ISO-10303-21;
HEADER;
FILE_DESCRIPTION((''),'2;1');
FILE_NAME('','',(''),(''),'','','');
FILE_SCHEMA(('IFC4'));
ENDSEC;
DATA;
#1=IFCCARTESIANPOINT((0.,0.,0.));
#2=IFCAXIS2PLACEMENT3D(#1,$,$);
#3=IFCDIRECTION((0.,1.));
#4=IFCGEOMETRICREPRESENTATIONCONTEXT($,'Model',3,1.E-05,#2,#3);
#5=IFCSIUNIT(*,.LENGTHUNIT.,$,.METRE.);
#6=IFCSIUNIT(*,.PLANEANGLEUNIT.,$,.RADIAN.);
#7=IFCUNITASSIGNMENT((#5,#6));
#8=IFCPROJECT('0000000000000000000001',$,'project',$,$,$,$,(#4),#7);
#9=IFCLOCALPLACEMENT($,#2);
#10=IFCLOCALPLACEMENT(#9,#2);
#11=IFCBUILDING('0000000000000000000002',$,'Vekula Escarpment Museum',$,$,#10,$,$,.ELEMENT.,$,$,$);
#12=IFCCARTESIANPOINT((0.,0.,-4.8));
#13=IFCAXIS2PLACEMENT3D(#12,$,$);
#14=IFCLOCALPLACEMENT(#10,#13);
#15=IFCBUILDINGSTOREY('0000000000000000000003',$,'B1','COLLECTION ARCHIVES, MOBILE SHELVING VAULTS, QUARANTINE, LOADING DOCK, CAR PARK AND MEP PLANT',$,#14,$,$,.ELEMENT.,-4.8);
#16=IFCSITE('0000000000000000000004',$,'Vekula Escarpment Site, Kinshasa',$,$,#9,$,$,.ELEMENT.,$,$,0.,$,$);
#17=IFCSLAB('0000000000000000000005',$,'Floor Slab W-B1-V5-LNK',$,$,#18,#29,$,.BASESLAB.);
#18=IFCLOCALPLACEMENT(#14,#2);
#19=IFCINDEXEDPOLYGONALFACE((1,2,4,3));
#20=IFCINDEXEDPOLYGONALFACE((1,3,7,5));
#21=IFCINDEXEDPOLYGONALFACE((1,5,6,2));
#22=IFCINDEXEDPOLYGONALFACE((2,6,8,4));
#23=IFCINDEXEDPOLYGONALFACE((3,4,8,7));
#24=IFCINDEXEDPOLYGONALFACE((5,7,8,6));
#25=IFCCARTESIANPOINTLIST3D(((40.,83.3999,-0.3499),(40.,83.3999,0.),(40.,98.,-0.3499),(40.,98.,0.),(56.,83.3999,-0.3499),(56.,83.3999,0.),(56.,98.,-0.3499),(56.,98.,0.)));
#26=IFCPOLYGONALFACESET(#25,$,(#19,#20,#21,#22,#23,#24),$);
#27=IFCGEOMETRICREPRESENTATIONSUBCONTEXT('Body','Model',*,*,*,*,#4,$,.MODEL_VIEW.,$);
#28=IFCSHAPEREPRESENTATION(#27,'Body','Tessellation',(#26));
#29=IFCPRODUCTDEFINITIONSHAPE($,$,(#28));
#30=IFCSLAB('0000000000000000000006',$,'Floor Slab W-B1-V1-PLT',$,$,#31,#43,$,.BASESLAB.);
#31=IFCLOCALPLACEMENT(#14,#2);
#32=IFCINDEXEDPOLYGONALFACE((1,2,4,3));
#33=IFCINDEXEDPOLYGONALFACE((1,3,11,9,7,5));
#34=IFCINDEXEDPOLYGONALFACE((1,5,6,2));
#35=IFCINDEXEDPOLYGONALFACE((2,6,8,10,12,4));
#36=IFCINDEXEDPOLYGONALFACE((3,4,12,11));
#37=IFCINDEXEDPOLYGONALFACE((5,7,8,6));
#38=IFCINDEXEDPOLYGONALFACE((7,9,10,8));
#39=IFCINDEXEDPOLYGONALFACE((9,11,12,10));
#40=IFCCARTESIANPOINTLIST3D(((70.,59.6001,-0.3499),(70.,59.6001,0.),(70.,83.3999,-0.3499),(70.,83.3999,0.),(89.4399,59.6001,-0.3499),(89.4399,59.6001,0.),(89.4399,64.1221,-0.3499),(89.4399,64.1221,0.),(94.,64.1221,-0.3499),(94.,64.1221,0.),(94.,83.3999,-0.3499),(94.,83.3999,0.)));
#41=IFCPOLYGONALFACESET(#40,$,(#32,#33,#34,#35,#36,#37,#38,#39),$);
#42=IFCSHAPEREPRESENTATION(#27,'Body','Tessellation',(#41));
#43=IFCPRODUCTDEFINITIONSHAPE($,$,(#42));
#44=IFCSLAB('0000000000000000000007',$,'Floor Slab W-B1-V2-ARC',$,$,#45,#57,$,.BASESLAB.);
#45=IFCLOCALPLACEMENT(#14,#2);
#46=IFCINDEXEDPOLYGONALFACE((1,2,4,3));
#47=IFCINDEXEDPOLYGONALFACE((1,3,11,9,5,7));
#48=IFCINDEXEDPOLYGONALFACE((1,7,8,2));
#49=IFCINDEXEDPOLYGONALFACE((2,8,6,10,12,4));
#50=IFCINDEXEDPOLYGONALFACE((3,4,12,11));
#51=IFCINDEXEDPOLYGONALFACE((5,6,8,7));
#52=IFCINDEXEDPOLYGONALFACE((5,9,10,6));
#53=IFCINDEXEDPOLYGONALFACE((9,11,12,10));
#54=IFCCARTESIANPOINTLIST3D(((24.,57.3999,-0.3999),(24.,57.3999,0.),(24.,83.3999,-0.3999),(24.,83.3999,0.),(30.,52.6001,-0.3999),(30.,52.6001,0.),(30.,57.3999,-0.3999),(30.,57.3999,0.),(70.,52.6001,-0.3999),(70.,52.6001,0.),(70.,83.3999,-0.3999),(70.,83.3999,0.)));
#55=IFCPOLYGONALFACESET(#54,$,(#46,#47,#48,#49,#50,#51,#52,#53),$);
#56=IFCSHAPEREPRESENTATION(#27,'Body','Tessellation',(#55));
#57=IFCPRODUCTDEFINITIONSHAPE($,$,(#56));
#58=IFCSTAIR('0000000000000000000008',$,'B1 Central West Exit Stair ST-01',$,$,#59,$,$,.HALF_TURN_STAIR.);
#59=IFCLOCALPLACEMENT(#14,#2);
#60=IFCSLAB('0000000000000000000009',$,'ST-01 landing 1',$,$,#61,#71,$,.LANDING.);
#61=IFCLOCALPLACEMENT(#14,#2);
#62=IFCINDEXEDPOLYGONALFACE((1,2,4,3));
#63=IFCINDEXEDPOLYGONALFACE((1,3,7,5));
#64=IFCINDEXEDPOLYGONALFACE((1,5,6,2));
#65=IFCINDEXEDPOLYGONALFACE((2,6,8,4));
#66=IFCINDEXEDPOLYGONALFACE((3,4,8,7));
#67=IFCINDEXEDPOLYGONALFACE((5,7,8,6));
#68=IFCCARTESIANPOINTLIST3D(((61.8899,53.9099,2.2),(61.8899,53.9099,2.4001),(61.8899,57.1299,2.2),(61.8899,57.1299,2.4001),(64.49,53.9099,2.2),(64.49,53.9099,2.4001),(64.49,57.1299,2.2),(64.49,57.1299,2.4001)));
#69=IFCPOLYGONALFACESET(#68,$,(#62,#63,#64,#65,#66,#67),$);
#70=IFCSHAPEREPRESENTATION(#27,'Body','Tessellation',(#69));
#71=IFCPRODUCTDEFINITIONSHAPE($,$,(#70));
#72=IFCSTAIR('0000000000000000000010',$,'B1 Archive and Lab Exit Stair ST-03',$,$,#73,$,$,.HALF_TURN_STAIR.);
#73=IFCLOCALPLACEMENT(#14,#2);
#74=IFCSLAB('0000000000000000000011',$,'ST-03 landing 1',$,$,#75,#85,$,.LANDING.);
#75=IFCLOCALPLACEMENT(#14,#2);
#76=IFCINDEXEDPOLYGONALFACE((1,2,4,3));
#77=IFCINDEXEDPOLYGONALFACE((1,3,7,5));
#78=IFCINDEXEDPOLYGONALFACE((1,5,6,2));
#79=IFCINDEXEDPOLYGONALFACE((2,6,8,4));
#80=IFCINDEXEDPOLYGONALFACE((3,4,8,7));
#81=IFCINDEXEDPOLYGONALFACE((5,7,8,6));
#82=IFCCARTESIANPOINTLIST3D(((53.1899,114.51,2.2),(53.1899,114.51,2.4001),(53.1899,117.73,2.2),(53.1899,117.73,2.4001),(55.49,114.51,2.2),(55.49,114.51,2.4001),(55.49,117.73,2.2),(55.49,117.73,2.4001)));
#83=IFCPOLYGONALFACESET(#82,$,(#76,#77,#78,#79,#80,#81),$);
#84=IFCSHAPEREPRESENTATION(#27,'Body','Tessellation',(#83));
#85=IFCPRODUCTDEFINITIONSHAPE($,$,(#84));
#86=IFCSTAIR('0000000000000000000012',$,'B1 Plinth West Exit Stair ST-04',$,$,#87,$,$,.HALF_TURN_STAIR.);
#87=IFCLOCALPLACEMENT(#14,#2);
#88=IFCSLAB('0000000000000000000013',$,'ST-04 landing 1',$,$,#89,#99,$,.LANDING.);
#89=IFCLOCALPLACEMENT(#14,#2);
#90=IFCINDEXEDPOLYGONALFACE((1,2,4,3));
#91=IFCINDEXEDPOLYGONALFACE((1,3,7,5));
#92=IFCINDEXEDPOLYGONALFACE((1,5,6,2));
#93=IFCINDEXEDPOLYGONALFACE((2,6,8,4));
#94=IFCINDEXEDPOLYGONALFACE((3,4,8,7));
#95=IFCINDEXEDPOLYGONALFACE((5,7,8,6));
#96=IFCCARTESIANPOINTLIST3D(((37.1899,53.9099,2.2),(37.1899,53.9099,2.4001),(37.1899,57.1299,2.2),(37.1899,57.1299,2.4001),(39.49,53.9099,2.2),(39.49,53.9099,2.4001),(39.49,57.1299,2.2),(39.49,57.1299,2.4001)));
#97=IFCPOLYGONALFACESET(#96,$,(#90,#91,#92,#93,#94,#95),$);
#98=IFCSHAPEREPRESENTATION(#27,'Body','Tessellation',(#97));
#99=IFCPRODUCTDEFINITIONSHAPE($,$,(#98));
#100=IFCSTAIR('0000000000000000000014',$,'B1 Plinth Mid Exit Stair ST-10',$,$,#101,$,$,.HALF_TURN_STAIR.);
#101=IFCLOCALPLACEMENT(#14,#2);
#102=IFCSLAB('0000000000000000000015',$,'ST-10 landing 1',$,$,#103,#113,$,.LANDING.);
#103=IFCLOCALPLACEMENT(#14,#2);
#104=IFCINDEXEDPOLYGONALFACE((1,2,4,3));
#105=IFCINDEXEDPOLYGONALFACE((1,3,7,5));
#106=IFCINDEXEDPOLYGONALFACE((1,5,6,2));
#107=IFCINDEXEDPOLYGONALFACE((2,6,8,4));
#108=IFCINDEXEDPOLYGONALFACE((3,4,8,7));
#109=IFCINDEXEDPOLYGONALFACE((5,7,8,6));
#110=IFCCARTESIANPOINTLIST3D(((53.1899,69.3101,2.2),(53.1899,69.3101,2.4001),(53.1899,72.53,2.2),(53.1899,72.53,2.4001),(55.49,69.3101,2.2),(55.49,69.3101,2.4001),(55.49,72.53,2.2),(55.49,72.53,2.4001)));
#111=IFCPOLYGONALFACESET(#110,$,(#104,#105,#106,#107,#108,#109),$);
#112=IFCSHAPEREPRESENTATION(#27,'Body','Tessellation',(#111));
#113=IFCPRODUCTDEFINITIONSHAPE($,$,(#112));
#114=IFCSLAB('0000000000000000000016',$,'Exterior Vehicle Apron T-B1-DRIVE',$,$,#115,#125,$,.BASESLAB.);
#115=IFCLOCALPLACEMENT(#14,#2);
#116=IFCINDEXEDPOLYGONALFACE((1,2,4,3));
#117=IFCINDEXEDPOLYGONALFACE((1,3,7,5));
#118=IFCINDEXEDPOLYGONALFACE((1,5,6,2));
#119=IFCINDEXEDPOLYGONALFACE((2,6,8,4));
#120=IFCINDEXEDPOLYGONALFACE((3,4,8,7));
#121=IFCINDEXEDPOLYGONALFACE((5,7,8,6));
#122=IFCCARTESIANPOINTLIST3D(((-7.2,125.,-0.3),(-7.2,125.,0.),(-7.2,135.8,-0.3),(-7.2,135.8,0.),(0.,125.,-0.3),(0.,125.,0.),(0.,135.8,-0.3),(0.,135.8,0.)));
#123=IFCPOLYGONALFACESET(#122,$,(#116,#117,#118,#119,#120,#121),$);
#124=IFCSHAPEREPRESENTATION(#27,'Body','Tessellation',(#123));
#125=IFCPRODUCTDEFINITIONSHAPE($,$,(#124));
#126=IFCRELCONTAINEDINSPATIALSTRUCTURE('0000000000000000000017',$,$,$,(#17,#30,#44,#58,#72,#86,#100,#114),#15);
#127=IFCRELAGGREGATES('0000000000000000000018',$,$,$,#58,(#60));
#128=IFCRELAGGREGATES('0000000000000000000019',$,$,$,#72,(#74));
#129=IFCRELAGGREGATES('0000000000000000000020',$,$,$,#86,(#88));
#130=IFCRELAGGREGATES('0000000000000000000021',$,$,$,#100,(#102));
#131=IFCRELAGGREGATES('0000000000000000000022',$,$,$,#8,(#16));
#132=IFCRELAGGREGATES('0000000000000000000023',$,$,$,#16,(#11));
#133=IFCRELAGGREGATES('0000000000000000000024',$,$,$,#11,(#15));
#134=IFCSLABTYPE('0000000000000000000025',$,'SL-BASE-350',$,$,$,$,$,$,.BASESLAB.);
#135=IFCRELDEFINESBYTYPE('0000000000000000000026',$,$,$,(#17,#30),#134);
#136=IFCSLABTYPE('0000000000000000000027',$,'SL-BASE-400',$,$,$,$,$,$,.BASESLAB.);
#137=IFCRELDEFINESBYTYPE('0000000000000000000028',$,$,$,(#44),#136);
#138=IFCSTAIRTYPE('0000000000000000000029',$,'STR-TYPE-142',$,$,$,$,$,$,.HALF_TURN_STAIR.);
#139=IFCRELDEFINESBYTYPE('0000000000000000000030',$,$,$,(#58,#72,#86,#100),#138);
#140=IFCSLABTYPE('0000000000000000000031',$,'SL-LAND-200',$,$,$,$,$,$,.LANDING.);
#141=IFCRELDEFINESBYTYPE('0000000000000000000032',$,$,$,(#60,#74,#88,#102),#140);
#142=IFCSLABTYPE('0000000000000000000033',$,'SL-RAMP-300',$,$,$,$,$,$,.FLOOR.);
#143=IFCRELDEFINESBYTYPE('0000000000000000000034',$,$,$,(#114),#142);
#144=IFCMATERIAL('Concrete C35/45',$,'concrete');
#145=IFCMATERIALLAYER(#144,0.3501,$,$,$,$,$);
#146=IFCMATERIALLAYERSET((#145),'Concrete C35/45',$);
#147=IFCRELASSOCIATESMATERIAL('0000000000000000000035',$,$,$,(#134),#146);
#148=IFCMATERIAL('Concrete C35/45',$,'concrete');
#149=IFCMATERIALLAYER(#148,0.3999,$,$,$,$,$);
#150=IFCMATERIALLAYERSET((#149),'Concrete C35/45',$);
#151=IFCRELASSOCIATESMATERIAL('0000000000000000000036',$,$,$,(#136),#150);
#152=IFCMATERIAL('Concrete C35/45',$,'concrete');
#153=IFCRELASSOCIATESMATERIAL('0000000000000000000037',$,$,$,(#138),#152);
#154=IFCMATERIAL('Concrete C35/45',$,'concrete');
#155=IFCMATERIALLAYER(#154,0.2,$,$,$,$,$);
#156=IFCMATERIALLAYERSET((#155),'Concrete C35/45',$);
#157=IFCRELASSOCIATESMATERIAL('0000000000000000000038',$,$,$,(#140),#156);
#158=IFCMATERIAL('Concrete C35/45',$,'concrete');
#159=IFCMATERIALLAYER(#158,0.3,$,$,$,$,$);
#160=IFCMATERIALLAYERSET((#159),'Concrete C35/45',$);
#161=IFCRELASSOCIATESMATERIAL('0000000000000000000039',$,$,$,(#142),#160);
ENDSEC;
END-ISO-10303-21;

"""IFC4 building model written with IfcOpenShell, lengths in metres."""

from ifc_helpers import new_model, si_unit, direction, frame, origin, place, context, subcontext, project, spatial, polyline, outline, extrude, material, layer, layer_set, type_object, element, aggregate, save


model = new_model("IFC4")

# Units and contexts
model_context = context("Model", 3, precision=1e-05, world=origin(), true_north=direction((0.0, 1.0)))
body_context = subcontext(model_context, "Body", "Model", "MODEL_VIEW")
ifc_project = project(units=[si_unit("LENGTHUNIT", "METRE"), si_unit("PLANEANGLEUNIT", "RADIAN")], contexts=[model_context])

# Site, building, storey
site_placement = place(None, origin())
site = spatial("IfcSite", under=ifc_project, at=site_placement, Name="Vekula Escarpment Site, Kinshasa", CompositionType="ELEMENT", RefElevation=0.0)
building_placement = place(site_placement, origin())
building = spatial("IfcBuilding", under=site, at=building_placement, Name="Vekula Escarpment Museum", CompositionType="ELEMENT")
storey_placement = place(building_placement, frame((0.0, 0.0, -4.8)))
storey = spatial("IfcBuildingStorey", under=building, at=storey_placement, Name="B1", Description="COLLECTION ARCHIVES, MOBILE SHELVING VAULTS, QUARANTINE, LOADING DOCK, CAR PARK AND MEP PLANT", CompositionType="ELEMENT", Elevation=-4.8)

# Slabs
ifc_material_1 = material(Name="Concrete C35/45", Category="concrete")
ifc_layer_1 = layer(ifc_material_1, 0.3501)
ifc_layer_set_1 = layer_set([ifc_layer_1], Name="Concrete C35/45")
slab_type_1 = type_object("IfcSlabType", Name="SL-BASE-350", PredefinedType="BASESLAB", material=ifc_layer_set_1)
slab_1_placement = place(storey_placement, frame((0.0, 0.0, -0.3499)))
element("IfcSlab", 1, at=slab_1_placement, inside=storey, type_object=slab_type_1, Name="Floor Slab W-B1-V5-LNK", PredefinedType="BASESLAB", context=body_context, shape_type="SweptSolid", body=[
    extrude(outline(polyline([(40.0, 83.3999), (56.0, 83.3999), (56.0, 98.0), (40.0, 98.0), (40.0, 83.3999)])), origin(), (0.0, 0.0, 1.0), 0.3499),
])
slab_2_placement = place(storey_placement, frame((0.0, 0.0, -0.3499)))
element("IfcSlab", 2, at=slab_2_placement, inside=storey, type_object=slab_type_1, Name="Floor Slab W-B1-V1-PLT", PredefinedType="BASESLAB", context=body_context, shape_type="SweptSolid", body=[
    extrude(outline(polyline([(70.0, 59.6001), (89.4399, 59.6001), (89.4399, 64.1221), (94.0, 64.1221), (94.0, 83.3999), (70.0, 83.3999), (70.0, 59.6001)])), origin(), (0.0, 0.0, 1.0), 0.3499),
])
ifc_material_2 = material(Name="Concrete C35/45", Category="concrete")
ifc_layer_2 = layer(ifc_material_2, 0.3999)
ifc_layer_set_2 = layer_set([ifc_layer_2], Name="Concrete C35/45")
slab_type_2 = type_object("IfcSlabType", Name="SL-BASE-400", PredefinedType="BASESLAB", material=ifc_layer_set_2)
slab_3_placement = place(storey_placement, frame((0.0, 0.0, -0.3999)))
element("IfcSlab", 3, at=slab_3_placement, inside=storey, type_object=slab_type_2, Name="Floor Slab W-B1-V2-ARC", PredefinedType="BASESLAB", context=body_context, shape_type="SweptSolid", body=[
    extrude(outline(polyline([(30.0, 52.6001), (70.0, 52.6001), (70.0, 83.3999), (24.0, 83.3999), (24.0, 57.3999), (30.0, 57.3999), (30.0, 52.6001)])), origin(), (0.0, 0.0, 1.0), 0.3999),
])

# Stairs, slabs
ifc_material_3 = material(Name="Concrete C35/45", Category="concrete")
stair_type = type_object("IfcStairType", Name="STR-TYPE-142", PredefinedType="HALF_TURN_STAIR", material=ifc_material_3)
stair_1_placement = place(storey_placement, origin())
stair_1 = element("IfcStair", 4, at=stair_1_placement, inside=storey, type_object=stair_type, Name="B1 Central West Exit Stair ST-01", PredefinedType="HALF_TURN_STAIR")
ifc_material_4 = material(Name="Concrete C35/45", Category="concrete")
ifc_layer_3 = layer(ifc_material_4, 0.2)
ifc_layer_set_3 = layer_set([ifc_layer_3], Name="Concrete C35/45")
slab_type_3 = type_object("IfcSlabType", Name="SL-LAND-200", PredefinedType="LANDING", material=ifc_layer_set_3)
slab_4_placement = place(storey_placement, frame((0.0, 0.0, 2.2)))
slab_4 = element("IfcSlab", 5, at=slab_4_placement, type_object=slab_type_3, Name="ST-01 landing 1", PredefinedType="LANDING", context=body_context, shape_type="SweptSolid", body=[
    extrude(outline(polyline([(61.8899, 53.9099), (64.49, 53.9099), (64.49, 57.1299), (61.8899, 57.1299), (61.8899, 53.9099)])), origin(), (0.0, 0.0, 1.0), 0.2002),
])
aggregate(stair_1, [slab_4])
stair_2_placement = place(storey_placement, origin())
stair_2 = element("IfcStair", 6, at=stair_2_placement, inside=storey, type_object=stair_type, Name="B1 Archive and Lab Exit Stair ST-03", PredefinedType="HALF_TURN_STAIR")
slab_5_placement = place(storey_placement, frame((0.0, 0.0, 2.2)))
slab_5 = element("IfcSlab", 7, at=slab_5_placement, type_object=slab_type_3, Name="ST-03 landing 1", PredefinedType="LANDING", context=body_context, shape_type="SweptSolid", body=[
    extrude(outline(polyline([(53.1899, 114.51), (55.49, 114.51), (55.49, 117.73), (53.1899, 117.73), (53.1899, 114.51)])), origin(), (0.0, 0.0, 1.0), 0.2002),
])
aggregate(stair_2, [slab_5])
stair_3_placement = place(storey_placement, origin())
stair_3 = element("IfcStair", 8, at=stair_3_placement, inside=storey, type_object=stair_type, Name="B1 Plinth West Exit Stair ST-04", PredefinedType="HALF_TURN_STAIR")
slab_6_placement = place(storey_placement, frame((0.0, 0.0, 2.2)))
slab_6 = element("IfcSlab", 9, at=slab_6_placement, type_object=slab_type_3, Name="ST-04 landing 1", PredefinedType="LANDING", context=body_context, shape_type="SweptSolid", body=[
    extrude(outline(polyline([(37.1899, 53.9099), (39.49, 53.9099), (39.49, 57.1299), (37.1899, 57.1299), (37.1899, 53.9099)])), origin(), (0.0, 0.0, 1.0), 0.2002),
])
aggregate(stair_3, [slab_6])
stair_4_placement = place(storey_placement, origin())
stair_4 = element("IfcStair", 10, at=stair_4_placement, inside=storey, type_object=stair_type, Name="B1 Plinth Mid Exit Stair ST-10", PredefinedType="HALF_TURN_STAIR")
slab_7_placement = place(storey_placement, frame((0.0, 0.0, 2.2)))
slab_7 = element("IfcSlab", 11, at=slab_7_placement, type_object=slab_type_3, Name="ST-10 landing 1", PredefinedType="LANDING", context=body_context, shape_type="SweptSolid", body=[
    extrude(outline(polyline([(53.1899, 69.3101), (55.49, 69.3101), (55.49, 72.53), (53.1899, 72.53), (53.1899, 69.3101)])), origin(), (0.0, 0.0, 1.0), 0.2002),
])
aggregate(stair_4, [slab_7])

# Slab
ifc_material_5 = material(Name="Concrete C35/45", Category="concrete")
ifc_layer_4 = layer(ifc_material_5, 0.3)
ifc_layer_set_4 = layer_set([ifc_layer_4], Name="Concrete C35/45")
slab_type_4 = type_object("IfcSlabType", Name="SL-RAMP-300", PredefinedType="FLOOR", material=ifc_layer_set_4)
slab_8_placement = place(storey_placement, frame((0.0, 0.0, -0.3)))
element("IfcSlab", 12, at=slab_8_placement, inside=storey, type_object=slab_type_4, Name="Exterior Vehicle Apron T-B1-DRIVE", PredefinedType="BASESLAB", context=body_context, shape_type="SweptSolid", body=[
    extrude(outline(polyline([(-7.2, 125.0), (0.0, 125.0), (0.0, 135.8), (-7.2, 135.8), (-7.2, 125.0)])), origin(), (0.0, 0.0, 1.0), 0.3),
])

save(model, "model.ifc")
